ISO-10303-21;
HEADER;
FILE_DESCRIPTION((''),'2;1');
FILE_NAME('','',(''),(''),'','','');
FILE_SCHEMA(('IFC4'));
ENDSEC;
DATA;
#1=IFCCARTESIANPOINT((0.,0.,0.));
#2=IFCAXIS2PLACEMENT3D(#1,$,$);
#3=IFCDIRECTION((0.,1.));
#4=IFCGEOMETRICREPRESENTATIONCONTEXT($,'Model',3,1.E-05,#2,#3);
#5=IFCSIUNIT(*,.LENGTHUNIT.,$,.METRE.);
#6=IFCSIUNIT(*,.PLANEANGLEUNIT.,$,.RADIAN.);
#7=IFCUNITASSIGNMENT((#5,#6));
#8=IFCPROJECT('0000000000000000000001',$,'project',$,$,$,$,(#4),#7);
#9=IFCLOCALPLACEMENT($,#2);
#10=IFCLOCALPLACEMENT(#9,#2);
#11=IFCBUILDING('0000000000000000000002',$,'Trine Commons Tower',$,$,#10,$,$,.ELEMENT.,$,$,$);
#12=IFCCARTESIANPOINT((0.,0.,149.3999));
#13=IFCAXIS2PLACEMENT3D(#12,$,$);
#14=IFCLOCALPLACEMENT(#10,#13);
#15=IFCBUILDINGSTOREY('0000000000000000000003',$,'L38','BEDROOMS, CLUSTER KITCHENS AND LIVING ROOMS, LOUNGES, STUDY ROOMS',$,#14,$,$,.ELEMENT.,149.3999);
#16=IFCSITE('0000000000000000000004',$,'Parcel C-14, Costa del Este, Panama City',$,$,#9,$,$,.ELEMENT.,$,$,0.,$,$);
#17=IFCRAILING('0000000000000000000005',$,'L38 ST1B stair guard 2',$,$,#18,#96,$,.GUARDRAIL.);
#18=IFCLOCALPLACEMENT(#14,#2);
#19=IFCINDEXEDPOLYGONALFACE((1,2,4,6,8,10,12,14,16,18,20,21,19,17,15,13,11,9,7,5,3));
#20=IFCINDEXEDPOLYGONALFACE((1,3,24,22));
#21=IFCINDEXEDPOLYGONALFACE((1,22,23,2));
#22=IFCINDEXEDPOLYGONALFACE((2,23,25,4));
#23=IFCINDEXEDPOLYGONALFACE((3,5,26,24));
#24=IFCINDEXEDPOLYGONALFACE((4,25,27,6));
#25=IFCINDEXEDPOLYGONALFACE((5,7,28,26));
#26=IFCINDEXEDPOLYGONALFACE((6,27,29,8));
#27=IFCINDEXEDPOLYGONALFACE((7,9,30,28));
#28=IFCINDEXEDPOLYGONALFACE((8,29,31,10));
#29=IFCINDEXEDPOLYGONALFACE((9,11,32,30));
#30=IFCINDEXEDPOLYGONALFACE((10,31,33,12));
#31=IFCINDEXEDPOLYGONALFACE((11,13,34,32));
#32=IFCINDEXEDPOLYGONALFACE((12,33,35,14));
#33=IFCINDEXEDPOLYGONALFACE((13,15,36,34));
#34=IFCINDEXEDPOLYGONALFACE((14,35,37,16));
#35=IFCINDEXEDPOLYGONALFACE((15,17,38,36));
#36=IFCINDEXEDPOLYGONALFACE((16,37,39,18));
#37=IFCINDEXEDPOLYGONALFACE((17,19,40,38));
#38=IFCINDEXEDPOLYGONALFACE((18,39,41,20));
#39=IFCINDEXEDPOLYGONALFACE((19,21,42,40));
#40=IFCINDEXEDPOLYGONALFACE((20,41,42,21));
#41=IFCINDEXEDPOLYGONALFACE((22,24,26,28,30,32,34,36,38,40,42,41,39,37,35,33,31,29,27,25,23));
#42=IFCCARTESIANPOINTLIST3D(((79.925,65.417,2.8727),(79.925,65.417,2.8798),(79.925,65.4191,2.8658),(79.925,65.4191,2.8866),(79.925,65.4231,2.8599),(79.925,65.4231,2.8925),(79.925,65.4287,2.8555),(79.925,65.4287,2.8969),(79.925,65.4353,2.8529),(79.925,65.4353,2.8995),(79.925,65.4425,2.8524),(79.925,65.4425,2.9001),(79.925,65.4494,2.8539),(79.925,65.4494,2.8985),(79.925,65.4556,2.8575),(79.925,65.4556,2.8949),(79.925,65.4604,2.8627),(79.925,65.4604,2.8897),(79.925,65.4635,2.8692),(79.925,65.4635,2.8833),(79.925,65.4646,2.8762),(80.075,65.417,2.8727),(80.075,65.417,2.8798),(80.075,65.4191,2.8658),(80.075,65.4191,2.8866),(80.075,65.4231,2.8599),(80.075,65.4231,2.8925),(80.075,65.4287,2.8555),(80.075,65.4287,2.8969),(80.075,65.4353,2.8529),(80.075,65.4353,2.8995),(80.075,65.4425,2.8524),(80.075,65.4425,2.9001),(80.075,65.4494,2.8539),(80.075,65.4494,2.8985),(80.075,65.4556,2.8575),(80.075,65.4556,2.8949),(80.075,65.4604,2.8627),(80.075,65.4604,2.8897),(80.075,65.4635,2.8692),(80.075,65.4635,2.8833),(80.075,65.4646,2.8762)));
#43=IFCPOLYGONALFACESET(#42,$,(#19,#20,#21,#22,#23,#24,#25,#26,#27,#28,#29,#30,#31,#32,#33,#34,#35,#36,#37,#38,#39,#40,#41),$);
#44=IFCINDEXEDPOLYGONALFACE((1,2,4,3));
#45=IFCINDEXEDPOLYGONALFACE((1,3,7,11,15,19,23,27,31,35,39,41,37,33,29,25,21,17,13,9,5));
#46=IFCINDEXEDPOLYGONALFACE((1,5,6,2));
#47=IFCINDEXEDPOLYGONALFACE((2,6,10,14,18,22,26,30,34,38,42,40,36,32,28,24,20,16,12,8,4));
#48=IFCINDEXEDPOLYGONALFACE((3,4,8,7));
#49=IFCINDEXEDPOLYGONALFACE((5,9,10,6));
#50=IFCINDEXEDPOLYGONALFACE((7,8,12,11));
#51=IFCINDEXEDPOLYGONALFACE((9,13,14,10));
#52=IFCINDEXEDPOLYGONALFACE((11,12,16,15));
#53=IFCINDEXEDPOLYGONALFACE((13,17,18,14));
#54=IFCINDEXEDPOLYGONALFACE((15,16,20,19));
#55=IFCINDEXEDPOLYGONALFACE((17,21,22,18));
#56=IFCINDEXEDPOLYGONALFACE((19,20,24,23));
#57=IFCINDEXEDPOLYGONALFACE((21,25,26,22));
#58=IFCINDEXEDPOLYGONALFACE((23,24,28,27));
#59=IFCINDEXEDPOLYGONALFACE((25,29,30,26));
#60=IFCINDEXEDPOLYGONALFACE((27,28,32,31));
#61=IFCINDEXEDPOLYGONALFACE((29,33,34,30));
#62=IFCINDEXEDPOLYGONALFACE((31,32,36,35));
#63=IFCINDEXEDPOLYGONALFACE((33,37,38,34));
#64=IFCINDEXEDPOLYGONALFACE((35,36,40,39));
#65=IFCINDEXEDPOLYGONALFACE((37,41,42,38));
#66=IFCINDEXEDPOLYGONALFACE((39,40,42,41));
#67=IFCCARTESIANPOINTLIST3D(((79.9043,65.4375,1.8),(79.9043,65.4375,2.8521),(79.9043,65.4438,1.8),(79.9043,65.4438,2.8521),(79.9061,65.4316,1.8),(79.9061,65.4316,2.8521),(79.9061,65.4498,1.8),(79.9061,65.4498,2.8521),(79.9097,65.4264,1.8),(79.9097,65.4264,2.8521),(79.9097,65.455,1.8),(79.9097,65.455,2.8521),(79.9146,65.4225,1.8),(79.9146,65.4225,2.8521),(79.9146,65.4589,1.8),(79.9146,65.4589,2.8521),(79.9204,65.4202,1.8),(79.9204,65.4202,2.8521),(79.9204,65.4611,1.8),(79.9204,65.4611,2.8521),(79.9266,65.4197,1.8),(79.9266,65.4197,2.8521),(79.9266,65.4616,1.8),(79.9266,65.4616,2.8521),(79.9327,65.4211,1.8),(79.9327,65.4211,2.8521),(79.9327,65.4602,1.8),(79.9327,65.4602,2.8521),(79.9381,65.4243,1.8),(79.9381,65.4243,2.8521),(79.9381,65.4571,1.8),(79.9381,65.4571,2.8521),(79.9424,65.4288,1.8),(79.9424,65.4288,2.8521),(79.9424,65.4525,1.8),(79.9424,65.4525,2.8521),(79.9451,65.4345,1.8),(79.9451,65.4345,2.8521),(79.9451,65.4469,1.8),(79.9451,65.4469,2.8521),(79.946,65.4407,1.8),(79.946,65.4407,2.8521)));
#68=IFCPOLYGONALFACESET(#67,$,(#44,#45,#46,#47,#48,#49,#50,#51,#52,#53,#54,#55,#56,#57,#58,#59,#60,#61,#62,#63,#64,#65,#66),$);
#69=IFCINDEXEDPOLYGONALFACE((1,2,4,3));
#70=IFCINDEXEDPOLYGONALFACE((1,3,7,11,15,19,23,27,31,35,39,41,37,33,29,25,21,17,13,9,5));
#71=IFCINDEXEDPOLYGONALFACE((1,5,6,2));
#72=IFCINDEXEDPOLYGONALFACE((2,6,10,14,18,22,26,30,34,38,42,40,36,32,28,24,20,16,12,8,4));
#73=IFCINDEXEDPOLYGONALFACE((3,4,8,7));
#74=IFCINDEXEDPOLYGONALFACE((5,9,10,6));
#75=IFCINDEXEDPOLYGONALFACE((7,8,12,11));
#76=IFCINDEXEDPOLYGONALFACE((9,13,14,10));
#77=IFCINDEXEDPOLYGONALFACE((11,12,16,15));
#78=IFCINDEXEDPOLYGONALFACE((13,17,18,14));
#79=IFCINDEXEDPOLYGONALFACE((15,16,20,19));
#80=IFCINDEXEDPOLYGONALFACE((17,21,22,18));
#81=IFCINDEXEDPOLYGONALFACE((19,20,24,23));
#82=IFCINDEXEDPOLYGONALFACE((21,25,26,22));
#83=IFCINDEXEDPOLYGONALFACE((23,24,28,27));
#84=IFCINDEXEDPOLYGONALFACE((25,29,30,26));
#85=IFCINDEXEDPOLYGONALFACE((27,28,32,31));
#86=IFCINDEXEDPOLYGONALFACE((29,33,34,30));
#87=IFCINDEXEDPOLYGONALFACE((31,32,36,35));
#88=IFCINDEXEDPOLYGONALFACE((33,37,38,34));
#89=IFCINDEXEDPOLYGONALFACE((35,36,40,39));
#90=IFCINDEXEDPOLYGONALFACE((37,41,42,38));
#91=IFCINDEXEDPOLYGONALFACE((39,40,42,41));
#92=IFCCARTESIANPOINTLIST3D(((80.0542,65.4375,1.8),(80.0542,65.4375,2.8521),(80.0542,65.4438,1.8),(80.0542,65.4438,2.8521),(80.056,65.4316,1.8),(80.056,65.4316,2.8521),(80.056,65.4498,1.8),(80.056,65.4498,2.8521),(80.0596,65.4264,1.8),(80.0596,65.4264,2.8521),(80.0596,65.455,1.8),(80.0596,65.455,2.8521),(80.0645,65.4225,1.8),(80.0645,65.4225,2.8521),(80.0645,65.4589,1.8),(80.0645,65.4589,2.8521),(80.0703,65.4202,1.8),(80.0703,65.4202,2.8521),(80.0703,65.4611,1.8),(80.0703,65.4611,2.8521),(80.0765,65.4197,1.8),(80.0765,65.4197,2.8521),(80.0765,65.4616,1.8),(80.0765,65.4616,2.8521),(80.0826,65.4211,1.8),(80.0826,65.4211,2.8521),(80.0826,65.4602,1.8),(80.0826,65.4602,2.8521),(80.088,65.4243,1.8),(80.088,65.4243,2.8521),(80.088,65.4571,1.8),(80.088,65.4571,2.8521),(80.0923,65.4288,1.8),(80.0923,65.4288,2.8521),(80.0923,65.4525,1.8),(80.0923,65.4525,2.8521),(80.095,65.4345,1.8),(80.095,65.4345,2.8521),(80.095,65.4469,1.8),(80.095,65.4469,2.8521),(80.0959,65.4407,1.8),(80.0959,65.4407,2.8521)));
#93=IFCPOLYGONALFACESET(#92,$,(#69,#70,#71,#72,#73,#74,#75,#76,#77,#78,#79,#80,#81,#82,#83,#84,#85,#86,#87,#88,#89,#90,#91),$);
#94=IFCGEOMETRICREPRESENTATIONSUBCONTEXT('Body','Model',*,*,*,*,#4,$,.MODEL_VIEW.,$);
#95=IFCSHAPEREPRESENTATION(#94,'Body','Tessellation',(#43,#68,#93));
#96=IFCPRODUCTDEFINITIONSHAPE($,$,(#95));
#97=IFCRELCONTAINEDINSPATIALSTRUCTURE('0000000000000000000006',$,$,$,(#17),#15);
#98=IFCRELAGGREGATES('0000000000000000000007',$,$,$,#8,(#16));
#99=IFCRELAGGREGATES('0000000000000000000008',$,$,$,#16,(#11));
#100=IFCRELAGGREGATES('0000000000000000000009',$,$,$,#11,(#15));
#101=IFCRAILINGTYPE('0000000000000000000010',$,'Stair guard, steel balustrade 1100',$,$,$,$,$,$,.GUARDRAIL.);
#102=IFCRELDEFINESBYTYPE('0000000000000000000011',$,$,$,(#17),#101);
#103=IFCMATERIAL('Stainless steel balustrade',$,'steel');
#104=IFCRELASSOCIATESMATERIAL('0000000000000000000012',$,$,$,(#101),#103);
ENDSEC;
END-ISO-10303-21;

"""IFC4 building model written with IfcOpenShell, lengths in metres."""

from ifc_helpers import new_model, si_unit, direction, frame, origin, origin_2d, place, context, subcontext, project, spatial, circle, extrude, material, type_object, element, save


model = new_model("IFC4")

# Units and contexts
model_context = context("Model", 3, precision=1e-05, world=origin(), true_north=direction((0.0, 1.0)))
body_context = subcontext(model_context, "Body", "Model", "MODEL_VIEW")
ifc_project = project(units=[si_unit("LENGTHUNIT", "METRE"), si_unit("PLANEANGLEUNIT", "RADIAN")], contexts=[model_context])

# Site, building, storey
site_placement = place(None, origin())
site = spatial("IfcSite", under=ifc_project, at=site_placement, Name="Parcel C-14, Costa del Este, Panama City", CompositionType="ELEMENT", RefElevation=0.0)
building_placement = place(site_placement, origin())
building = spatial("IfcBuilding", under=site, at=building_placement, Name="Trine Commons Tower", CompositionType="ELEMENT")
storey_placement = place(building_placement, frame((0.0, 0.0, 149.3999)))
storey = spatial("IfcBuildingStorey", under=building, at=storey_placement, Name="L38", Description="BEDROOMS, CLUSTER KITCHENS AND LIVING ROOMS, LOUNGES, STUDY ROOMS", CompositionType="ELEMENT", Elevation=149.3999)

# Railing
ifc_material_1 = material(Name="Stainless steel balustrade", Category="steel")
railing_type_1 = type_object("IfcRailingType", Name="Stair guard, steel balustrade 1100", PredefinedType="GUARDRAIL", material=ifc_material_1)
railing_1_placement = place(storey_placement, frame((79.925, 65.4407, 1.8)))
element("IfcRailing", 1, at=railing_1_placement, inside=storey, type_object=railing_type_1, Name="L38 ST1B stair guard 2", PredefinedType="GUARDRAIL", context=body_context, shape_type="SweptSolid", body=[
    extrude(circle(Radius=0.0239, at=origin_2d()), frame((0.0, 0.0, 1.0762), z_axis=(1.0, 0.0, 0.0), x_axis=(0.0, 1.0, 0.0)), (0.0, 0.0, 1.0), 0.1499),
    extrude(circle(Radius=0.021, at=origin_2d()), origin(), (0.0, 0.0, 1.0), 1.052),
    extrude(circle(Radius=0.021, at=origin_2d()), frame((0.1499, 0.0, 0.0)), (0.0, 0.0, 1.0), 1.052),
])

save(model, "model.ifc")
